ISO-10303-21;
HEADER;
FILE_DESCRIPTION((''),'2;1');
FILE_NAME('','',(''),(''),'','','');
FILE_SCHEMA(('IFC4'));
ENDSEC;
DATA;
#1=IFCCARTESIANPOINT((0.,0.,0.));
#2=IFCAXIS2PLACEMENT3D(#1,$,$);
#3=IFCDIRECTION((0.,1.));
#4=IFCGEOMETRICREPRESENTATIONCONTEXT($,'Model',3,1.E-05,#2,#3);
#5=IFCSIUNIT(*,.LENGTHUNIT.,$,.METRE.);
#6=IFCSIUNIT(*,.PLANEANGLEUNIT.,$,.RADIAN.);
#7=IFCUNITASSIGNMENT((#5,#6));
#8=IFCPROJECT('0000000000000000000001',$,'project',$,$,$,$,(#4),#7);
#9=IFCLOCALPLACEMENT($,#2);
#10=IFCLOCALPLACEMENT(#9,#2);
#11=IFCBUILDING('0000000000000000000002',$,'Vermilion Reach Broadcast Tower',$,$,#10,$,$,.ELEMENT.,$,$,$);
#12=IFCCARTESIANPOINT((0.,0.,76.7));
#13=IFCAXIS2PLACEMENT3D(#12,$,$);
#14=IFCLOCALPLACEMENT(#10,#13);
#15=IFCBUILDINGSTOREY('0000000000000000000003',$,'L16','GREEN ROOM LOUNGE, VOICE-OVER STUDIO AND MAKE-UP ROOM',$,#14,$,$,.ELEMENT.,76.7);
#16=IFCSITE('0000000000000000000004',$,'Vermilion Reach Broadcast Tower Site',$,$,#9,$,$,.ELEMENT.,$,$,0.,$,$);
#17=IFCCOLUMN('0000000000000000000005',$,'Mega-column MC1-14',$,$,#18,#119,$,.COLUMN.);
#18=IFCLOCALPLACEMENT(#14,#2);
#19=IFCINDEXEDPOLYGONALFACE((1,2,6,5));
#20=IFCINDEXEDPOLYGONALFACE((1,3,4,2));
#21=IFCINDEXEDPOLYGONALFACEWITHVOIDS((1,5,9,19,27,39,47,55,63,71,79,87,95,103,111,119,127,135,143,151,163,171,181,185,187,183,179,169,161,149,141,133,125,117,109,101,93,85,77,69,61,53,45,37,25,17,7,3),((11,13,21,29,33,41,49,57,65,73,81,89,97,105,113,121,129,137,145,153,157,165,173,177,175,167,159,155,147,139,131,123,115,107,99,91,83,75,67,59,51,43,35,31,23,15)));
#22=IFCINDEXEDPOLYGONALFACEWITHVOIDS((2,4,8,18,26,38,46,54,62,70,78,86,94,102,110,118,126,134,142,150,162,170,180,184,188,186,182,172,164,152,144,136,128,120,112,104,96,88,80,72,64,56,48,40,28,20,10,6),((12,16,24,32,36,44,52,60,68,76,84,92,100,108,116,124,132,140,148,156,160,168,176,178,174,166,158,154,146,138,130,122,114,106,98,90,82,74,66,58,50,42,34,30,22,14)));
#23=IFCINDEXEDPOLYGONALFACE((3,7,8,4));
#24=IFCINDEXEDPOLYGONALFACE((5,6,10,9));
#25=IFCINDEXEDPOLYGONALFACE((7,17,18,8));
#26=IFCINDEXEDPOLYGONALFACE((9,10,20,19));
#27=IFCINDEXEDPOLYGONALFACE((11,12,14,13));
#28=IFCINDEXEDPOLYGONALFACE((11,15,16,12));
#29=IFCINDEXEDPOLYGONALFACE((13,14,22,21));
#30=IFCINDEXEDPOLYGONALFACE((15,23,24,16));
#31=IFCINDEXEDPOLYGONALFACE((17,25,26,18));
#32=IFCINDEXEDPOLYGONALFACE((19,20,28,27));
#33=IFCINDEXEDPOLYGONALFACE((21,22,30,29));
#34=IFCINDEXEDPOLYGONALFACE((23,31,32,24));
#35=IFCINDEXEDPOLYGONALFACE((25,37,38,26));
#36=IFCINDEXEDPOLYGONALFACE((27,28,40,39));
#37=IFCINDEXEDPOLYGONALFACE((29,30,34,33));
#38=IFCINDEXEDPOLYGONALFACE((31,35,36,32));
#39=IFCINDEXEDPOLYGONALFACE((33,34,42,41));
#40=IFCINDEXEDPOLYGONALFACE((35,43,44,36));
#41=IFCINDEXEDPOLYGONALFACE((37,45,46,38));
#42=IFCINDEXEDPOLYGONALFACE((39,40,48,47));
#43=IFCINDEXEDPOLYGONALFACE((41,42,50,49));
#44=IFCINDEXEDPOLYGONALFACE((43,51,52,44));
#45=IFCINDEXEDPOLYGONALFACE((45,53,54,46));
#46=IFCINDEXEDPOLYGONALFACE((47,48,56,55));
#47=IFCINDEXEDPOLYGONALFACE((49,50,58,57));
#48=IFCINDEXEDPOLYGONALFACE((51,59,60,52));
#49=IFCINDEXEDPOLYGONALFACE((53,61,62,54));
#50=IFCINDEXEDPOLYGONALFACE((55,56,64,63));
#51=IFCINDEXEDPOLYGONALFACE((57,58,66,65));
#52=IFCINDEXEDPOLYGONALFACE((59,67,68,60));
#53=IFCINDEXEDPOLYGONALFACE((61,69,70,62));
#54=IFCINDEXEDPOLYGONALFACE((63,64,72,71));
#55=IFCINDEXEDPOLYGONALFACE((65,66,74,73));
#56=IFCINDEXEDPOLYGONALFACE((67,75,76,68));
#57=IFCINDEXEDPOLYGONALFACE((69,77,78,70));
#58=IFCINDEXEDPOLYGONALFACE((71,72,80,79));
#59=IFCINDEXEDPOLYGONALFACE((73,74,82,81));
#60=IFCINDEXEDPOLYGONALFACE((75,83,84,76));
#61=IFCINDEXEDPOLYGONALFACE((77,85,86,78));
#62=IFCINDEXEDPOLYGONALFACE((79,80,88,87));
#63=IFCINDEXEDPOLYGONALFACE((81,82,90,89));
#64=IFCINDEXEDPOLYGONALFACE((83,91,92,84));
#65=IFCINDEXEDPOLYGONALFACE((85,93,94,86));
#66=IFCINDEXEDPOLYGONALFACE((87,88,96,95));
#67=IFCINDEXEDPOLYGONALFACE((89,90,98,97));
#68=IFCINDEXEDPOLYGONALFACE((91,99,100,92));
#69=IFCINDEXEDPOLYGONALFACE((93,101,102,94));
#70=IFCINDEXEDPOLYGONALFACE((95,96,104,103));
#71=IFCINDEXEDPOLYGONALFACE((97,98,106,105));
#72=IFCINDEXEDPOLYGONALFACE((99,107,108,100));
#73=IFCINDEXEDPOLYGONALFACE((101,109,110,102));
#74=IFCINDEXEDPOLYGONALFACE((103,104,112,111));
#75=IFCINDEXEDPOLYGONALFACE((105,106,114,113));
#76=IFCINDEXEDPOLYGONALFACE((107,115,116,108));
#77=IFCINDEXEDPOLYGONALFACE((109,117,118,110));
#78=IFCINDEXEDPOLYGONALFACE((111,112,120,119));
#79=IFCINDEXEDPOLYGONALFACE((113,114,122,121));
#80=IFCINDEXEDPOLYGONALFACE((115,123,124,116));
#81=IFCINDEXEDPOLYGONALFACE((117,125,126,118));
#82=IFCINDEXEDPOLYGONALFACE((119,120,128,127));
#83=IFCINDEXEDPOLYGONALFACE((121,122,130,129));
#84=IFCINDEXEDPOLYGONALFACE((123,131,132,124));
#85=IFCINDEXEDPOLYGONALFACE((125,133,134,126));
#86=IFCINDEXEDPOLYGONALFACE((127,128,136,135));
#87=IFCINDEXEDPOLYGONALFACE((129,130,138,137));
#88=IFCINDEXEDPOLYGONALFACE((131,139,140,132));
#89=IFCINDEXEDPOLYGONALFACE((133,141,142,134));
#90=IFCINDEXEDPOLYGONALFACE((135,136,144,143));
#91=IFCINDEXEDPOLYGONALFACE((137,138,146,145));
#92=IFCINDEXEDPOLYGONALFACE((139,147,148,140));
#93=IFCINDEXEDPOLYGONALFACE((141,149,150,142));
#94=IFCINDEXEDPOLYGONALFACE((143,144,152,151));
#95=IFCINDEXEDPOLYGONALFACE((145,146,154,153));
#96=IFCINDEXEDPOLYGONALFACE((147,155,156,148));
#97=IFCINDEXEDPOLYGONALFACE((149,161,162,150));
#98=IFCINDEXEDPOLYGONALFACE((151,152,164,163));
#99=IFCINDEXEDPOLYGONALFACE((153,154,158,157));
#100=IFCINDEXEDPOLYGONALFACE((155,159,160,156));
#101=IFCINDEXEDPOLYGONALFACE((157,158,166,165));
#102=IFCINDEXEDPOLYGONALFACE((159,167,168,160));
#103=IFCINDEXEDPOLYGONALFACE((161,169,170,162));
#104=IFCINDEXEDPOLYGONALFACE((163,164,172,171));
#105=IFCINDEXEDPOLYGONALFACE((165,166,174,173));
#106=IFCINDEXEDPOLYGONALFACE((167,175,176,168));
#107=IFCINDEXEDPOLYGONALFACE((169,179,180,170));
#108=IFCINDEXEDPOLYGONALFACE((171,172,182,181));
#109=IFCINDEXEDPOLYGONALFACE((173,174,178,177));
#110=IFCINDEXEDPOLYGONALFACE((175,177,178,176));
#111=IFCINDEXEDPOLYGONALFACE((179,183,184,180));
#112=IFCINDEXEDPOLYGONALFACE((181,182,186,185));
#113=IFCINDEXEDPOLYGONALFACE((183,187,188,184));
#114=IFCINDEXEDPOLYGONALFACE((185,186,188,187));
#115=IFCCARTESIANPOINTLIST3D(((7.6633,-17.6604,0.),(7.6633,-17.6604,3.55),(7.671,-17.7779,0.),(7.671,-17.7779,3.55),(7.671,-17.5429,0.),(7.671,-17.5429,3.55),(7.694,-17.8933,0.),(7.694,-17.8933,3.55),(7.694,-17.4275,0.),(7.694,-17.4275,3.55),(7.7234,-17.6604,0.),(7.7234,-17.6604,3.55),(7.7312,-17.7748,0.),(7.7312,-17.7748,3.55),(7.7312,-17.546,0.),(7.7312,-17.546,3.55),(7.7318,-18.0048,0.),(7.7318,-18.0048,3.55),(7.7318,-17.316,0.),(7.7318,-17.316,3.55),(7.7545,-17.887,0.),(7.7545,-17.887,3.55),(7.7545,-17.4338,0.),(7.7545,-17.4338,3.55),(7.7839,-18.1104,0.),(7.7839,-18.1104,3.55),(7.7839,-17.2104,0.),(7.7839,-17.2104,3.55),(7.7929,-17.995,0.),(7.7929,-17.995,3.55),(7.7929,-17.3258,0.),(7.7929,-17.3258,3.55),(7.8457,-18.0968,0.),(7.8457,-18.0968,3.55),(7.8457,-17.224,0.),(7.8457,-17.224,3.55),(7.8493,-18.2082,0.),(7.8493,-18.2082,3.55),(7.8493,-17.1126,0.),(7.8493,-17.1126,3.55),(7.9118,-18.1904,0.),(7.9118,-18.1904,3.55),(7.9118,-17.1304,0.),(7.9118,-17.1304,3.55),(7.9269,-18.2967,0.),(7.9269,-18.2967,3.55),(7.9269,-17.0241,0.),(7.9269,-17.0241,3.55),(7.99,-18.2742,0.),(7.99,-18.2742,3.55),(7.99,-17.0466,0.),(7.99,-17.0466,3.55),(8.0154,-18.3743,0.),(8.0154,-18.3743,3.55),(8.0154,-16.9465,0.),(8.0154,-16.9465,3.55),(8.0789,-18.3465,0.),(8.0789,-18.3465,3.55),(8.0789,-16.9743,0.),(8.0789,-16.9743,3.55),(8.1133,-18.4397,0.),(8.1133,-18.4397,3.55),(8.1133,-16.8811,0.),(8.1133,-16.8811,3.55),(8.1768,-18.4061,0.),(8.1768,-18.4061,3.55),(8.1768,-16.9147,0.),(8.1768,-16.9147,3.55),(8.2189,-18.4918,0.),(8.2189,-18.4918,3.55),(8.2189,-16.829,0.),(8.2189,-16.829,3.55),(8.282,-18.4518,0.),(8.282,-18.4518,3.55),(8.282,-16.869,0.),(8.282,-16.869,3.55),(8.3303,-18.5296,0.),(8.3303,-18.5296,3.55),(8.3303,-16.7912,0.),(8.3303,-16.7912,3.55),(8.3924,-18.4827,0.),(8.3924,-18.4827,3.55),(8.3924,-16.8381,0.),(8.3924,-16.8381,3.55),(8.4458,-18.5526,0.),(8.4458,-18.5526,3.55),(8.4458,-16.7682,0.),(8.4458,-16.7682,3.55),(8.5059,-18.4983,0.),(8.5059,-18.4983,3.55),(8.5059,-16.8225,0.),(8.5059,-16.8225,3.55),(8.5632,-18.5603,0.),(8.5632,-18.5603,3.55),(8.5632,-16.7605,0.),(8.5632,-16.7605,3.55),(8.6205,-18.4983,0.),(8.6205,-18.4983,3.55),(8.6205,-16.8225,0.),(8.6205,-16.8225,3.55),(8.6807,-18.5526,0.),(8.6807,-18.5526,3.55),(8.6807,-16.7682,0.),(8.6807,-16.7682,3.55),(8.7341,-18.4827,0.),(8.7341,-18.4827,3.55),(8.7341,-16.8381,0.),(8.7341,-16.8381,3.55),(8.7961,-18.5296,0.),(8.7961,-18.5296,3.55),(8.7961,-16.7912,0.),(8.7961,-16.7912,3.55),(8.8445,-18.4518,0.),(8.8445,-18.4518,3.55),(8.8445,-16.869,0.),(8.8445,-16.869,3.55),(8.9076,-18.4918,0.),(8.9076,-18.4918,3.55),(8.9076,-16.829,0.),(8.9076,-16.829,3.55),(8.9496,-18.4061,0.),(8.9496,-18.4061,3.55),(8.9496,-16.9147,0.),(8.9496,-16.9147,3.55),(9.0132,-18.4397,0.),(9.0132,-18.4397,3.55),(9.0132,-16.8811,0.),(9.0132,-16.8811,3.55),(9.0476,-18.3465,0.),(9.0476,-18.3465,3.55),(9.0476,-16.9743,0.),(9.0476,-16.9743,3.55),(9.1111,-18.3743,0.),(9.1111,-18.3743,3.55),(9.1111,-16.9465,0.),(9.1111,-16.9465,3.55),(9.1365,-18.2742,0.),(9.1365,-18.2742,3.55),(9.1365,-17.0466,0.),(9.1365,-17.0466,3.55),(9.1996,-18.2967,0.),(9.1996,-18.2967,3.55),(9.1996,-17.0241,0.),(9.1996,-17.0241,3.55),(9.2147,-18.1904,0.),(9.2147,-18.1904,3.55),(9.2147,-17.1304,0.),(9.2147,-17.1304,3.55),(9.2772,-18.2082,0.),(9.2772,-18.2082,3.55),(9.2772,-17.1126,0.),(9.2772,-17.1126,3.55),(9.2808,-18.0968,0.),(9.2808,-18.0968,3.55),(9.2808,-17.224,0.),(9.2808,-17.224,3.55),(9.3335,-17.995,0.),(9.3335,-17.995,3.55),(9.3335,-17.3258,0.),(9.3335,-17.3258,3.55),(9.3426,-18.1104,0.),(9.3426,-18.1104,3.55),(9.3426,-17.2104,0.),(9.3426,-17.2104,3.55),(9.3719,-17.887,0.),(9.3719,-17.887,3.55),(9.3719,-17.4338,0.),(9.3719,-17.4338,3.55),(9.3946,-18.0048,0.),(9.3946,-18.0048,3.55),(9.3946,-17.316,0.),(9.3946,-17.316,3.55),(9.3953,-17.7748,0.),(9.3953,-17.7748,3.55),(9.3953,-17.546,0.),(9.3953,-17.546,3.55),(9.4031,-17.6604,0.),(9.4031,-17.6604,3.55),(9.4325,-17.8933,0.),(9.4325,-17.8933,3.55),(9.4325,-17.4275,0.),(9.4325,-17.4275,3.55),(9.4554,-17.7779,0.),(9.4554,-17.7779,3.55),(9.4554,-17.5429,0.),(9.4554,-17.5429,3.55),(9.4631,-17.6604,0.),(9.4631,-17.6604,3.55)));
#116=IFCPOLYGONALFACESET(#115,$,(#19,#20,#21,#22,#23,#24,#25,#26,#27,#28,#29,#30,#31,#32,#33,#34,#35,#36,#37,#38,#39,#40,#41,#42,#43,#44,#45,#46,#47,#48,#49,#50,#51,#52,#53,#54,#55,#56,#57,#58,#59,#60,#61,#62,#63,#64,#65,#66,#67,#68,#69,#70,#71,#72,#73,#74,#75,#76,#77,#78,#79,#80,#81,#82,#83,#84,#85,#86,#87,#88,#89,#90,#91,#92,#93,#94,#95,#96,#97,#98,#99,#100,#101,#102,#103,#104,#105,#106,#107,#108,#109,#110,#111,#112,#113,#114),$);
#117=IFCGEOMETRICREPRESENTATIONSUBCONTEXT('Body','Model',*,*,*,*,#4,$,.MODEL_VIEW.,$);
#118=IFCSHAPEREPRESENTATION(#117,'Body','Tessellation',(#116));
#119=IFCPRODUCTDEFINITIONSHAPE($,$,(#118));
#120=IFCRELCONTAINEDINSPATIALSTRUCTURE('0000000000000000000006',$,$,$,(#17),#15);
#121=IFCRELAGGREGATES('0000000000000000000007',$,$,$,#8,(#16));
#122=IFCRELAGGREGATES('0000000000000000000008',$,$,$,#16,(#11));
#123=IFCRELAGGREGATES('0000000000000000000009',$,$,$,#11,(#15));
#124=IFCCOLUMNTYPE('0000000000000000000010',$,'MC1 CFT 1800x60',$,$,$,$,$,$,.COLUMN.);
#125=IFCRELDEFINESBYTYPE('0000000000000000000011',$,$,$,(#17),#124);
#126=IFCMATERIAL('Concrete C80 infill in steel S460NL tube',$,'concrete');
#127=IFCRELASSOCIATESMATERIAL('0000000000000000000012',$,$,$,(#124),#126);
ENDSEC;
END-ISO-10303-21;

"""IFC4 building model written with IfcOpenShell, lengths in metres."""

from ifc_helpers import new_model, si_unit, direction, frame, origin, origin_2d, place, context, subcontext, project, spatial, hollow_circle, extrude, material, material_profile, profile_set, type_object, element, save


model = new_model("IFC4")

# Units and contexts
model_context = context("Model", 3, precision=1e-05, world=origin(), true_north=direction((0.0, 1.0)))
body_context = subcontext(model_context, "Body", "Model", "MODEL_VIEW")
ifc_project = project(units=[si_unit("LENGTHUNIT", "METRE"), si_unit("PLANEANGLEUNIT", "RADIAN")], contexts=[model_context])

# Site, building, storey
site_placement = place(None, origin())
site = spatial("IfcSite", under=ifc_project, at=site_placement, Name="Vermilion Reach Broadcast Tower Site", CompositionType="ELEMENT", RefElevation=0.0)
building_placement = place(site_placement, origin())
building = spatial("IfcBuilding", under=site, at=building_placement, Name="Vermilion Reach Broadcast Tower", CompositionType="ELEMENT")
storey_placement = place(building_placement, frame((0.0, 0.0, 76.7)))
storey = spatial("IfcBuildingStorey", under=building, at=storey_placement, Name="L16", Description="GREEN ROOM LOUNGE, VOICE-OVER STUDIO AND MAKE-UP ROOM", CompositionType="ELEMENT", Elevation=76.7)

# Column
ifc_material_1 = material(Name="Concrete C80 infill in steel S460NL tube", Category="concrete")
ifc_material_profile_1 = material_profile(ifc_material_1, hollow_circle(Radius=0.8999, WallThickness=0.0601, at=origin_2d()), Name="Concrete C80 infill in steel S460NL tube CFT 1800x60")
ifc_profile_set_1 = profile_set([ifc_material_profile_1], Name="Concrete C80 infill in steel S460NL tube")
column_type = type_object("IfcColumnType", Name="MC1 CFT 1800x60", PredefinedType="COLUMN", material=ifc_profile_set_1)
for number, where, z_axis, x_axis, name in (
    (1, (8.5632, -17.6604, 0.0), (0.0, 0.0, 1.0), (1.0, 0.0, 0.0), "Mega-column MC1-14"),
):
    element("IfcColumn", number, at=place(storey_placement, frame(where, z_axis=z_axis, x_axis=x_axis)), inside=storey, type_object=column_type, Name=name, PredefinedType="COLUMN", context=body_context, shape_type="SweptSolid", body=[
        extrude(hollow_circle(Radius=0.8999, WallThickness=0.0601, at=origin_2d()), origin(), (0.0, 0.0, 1.0), 3.55),
    ])

save(model, "model.ifc")
